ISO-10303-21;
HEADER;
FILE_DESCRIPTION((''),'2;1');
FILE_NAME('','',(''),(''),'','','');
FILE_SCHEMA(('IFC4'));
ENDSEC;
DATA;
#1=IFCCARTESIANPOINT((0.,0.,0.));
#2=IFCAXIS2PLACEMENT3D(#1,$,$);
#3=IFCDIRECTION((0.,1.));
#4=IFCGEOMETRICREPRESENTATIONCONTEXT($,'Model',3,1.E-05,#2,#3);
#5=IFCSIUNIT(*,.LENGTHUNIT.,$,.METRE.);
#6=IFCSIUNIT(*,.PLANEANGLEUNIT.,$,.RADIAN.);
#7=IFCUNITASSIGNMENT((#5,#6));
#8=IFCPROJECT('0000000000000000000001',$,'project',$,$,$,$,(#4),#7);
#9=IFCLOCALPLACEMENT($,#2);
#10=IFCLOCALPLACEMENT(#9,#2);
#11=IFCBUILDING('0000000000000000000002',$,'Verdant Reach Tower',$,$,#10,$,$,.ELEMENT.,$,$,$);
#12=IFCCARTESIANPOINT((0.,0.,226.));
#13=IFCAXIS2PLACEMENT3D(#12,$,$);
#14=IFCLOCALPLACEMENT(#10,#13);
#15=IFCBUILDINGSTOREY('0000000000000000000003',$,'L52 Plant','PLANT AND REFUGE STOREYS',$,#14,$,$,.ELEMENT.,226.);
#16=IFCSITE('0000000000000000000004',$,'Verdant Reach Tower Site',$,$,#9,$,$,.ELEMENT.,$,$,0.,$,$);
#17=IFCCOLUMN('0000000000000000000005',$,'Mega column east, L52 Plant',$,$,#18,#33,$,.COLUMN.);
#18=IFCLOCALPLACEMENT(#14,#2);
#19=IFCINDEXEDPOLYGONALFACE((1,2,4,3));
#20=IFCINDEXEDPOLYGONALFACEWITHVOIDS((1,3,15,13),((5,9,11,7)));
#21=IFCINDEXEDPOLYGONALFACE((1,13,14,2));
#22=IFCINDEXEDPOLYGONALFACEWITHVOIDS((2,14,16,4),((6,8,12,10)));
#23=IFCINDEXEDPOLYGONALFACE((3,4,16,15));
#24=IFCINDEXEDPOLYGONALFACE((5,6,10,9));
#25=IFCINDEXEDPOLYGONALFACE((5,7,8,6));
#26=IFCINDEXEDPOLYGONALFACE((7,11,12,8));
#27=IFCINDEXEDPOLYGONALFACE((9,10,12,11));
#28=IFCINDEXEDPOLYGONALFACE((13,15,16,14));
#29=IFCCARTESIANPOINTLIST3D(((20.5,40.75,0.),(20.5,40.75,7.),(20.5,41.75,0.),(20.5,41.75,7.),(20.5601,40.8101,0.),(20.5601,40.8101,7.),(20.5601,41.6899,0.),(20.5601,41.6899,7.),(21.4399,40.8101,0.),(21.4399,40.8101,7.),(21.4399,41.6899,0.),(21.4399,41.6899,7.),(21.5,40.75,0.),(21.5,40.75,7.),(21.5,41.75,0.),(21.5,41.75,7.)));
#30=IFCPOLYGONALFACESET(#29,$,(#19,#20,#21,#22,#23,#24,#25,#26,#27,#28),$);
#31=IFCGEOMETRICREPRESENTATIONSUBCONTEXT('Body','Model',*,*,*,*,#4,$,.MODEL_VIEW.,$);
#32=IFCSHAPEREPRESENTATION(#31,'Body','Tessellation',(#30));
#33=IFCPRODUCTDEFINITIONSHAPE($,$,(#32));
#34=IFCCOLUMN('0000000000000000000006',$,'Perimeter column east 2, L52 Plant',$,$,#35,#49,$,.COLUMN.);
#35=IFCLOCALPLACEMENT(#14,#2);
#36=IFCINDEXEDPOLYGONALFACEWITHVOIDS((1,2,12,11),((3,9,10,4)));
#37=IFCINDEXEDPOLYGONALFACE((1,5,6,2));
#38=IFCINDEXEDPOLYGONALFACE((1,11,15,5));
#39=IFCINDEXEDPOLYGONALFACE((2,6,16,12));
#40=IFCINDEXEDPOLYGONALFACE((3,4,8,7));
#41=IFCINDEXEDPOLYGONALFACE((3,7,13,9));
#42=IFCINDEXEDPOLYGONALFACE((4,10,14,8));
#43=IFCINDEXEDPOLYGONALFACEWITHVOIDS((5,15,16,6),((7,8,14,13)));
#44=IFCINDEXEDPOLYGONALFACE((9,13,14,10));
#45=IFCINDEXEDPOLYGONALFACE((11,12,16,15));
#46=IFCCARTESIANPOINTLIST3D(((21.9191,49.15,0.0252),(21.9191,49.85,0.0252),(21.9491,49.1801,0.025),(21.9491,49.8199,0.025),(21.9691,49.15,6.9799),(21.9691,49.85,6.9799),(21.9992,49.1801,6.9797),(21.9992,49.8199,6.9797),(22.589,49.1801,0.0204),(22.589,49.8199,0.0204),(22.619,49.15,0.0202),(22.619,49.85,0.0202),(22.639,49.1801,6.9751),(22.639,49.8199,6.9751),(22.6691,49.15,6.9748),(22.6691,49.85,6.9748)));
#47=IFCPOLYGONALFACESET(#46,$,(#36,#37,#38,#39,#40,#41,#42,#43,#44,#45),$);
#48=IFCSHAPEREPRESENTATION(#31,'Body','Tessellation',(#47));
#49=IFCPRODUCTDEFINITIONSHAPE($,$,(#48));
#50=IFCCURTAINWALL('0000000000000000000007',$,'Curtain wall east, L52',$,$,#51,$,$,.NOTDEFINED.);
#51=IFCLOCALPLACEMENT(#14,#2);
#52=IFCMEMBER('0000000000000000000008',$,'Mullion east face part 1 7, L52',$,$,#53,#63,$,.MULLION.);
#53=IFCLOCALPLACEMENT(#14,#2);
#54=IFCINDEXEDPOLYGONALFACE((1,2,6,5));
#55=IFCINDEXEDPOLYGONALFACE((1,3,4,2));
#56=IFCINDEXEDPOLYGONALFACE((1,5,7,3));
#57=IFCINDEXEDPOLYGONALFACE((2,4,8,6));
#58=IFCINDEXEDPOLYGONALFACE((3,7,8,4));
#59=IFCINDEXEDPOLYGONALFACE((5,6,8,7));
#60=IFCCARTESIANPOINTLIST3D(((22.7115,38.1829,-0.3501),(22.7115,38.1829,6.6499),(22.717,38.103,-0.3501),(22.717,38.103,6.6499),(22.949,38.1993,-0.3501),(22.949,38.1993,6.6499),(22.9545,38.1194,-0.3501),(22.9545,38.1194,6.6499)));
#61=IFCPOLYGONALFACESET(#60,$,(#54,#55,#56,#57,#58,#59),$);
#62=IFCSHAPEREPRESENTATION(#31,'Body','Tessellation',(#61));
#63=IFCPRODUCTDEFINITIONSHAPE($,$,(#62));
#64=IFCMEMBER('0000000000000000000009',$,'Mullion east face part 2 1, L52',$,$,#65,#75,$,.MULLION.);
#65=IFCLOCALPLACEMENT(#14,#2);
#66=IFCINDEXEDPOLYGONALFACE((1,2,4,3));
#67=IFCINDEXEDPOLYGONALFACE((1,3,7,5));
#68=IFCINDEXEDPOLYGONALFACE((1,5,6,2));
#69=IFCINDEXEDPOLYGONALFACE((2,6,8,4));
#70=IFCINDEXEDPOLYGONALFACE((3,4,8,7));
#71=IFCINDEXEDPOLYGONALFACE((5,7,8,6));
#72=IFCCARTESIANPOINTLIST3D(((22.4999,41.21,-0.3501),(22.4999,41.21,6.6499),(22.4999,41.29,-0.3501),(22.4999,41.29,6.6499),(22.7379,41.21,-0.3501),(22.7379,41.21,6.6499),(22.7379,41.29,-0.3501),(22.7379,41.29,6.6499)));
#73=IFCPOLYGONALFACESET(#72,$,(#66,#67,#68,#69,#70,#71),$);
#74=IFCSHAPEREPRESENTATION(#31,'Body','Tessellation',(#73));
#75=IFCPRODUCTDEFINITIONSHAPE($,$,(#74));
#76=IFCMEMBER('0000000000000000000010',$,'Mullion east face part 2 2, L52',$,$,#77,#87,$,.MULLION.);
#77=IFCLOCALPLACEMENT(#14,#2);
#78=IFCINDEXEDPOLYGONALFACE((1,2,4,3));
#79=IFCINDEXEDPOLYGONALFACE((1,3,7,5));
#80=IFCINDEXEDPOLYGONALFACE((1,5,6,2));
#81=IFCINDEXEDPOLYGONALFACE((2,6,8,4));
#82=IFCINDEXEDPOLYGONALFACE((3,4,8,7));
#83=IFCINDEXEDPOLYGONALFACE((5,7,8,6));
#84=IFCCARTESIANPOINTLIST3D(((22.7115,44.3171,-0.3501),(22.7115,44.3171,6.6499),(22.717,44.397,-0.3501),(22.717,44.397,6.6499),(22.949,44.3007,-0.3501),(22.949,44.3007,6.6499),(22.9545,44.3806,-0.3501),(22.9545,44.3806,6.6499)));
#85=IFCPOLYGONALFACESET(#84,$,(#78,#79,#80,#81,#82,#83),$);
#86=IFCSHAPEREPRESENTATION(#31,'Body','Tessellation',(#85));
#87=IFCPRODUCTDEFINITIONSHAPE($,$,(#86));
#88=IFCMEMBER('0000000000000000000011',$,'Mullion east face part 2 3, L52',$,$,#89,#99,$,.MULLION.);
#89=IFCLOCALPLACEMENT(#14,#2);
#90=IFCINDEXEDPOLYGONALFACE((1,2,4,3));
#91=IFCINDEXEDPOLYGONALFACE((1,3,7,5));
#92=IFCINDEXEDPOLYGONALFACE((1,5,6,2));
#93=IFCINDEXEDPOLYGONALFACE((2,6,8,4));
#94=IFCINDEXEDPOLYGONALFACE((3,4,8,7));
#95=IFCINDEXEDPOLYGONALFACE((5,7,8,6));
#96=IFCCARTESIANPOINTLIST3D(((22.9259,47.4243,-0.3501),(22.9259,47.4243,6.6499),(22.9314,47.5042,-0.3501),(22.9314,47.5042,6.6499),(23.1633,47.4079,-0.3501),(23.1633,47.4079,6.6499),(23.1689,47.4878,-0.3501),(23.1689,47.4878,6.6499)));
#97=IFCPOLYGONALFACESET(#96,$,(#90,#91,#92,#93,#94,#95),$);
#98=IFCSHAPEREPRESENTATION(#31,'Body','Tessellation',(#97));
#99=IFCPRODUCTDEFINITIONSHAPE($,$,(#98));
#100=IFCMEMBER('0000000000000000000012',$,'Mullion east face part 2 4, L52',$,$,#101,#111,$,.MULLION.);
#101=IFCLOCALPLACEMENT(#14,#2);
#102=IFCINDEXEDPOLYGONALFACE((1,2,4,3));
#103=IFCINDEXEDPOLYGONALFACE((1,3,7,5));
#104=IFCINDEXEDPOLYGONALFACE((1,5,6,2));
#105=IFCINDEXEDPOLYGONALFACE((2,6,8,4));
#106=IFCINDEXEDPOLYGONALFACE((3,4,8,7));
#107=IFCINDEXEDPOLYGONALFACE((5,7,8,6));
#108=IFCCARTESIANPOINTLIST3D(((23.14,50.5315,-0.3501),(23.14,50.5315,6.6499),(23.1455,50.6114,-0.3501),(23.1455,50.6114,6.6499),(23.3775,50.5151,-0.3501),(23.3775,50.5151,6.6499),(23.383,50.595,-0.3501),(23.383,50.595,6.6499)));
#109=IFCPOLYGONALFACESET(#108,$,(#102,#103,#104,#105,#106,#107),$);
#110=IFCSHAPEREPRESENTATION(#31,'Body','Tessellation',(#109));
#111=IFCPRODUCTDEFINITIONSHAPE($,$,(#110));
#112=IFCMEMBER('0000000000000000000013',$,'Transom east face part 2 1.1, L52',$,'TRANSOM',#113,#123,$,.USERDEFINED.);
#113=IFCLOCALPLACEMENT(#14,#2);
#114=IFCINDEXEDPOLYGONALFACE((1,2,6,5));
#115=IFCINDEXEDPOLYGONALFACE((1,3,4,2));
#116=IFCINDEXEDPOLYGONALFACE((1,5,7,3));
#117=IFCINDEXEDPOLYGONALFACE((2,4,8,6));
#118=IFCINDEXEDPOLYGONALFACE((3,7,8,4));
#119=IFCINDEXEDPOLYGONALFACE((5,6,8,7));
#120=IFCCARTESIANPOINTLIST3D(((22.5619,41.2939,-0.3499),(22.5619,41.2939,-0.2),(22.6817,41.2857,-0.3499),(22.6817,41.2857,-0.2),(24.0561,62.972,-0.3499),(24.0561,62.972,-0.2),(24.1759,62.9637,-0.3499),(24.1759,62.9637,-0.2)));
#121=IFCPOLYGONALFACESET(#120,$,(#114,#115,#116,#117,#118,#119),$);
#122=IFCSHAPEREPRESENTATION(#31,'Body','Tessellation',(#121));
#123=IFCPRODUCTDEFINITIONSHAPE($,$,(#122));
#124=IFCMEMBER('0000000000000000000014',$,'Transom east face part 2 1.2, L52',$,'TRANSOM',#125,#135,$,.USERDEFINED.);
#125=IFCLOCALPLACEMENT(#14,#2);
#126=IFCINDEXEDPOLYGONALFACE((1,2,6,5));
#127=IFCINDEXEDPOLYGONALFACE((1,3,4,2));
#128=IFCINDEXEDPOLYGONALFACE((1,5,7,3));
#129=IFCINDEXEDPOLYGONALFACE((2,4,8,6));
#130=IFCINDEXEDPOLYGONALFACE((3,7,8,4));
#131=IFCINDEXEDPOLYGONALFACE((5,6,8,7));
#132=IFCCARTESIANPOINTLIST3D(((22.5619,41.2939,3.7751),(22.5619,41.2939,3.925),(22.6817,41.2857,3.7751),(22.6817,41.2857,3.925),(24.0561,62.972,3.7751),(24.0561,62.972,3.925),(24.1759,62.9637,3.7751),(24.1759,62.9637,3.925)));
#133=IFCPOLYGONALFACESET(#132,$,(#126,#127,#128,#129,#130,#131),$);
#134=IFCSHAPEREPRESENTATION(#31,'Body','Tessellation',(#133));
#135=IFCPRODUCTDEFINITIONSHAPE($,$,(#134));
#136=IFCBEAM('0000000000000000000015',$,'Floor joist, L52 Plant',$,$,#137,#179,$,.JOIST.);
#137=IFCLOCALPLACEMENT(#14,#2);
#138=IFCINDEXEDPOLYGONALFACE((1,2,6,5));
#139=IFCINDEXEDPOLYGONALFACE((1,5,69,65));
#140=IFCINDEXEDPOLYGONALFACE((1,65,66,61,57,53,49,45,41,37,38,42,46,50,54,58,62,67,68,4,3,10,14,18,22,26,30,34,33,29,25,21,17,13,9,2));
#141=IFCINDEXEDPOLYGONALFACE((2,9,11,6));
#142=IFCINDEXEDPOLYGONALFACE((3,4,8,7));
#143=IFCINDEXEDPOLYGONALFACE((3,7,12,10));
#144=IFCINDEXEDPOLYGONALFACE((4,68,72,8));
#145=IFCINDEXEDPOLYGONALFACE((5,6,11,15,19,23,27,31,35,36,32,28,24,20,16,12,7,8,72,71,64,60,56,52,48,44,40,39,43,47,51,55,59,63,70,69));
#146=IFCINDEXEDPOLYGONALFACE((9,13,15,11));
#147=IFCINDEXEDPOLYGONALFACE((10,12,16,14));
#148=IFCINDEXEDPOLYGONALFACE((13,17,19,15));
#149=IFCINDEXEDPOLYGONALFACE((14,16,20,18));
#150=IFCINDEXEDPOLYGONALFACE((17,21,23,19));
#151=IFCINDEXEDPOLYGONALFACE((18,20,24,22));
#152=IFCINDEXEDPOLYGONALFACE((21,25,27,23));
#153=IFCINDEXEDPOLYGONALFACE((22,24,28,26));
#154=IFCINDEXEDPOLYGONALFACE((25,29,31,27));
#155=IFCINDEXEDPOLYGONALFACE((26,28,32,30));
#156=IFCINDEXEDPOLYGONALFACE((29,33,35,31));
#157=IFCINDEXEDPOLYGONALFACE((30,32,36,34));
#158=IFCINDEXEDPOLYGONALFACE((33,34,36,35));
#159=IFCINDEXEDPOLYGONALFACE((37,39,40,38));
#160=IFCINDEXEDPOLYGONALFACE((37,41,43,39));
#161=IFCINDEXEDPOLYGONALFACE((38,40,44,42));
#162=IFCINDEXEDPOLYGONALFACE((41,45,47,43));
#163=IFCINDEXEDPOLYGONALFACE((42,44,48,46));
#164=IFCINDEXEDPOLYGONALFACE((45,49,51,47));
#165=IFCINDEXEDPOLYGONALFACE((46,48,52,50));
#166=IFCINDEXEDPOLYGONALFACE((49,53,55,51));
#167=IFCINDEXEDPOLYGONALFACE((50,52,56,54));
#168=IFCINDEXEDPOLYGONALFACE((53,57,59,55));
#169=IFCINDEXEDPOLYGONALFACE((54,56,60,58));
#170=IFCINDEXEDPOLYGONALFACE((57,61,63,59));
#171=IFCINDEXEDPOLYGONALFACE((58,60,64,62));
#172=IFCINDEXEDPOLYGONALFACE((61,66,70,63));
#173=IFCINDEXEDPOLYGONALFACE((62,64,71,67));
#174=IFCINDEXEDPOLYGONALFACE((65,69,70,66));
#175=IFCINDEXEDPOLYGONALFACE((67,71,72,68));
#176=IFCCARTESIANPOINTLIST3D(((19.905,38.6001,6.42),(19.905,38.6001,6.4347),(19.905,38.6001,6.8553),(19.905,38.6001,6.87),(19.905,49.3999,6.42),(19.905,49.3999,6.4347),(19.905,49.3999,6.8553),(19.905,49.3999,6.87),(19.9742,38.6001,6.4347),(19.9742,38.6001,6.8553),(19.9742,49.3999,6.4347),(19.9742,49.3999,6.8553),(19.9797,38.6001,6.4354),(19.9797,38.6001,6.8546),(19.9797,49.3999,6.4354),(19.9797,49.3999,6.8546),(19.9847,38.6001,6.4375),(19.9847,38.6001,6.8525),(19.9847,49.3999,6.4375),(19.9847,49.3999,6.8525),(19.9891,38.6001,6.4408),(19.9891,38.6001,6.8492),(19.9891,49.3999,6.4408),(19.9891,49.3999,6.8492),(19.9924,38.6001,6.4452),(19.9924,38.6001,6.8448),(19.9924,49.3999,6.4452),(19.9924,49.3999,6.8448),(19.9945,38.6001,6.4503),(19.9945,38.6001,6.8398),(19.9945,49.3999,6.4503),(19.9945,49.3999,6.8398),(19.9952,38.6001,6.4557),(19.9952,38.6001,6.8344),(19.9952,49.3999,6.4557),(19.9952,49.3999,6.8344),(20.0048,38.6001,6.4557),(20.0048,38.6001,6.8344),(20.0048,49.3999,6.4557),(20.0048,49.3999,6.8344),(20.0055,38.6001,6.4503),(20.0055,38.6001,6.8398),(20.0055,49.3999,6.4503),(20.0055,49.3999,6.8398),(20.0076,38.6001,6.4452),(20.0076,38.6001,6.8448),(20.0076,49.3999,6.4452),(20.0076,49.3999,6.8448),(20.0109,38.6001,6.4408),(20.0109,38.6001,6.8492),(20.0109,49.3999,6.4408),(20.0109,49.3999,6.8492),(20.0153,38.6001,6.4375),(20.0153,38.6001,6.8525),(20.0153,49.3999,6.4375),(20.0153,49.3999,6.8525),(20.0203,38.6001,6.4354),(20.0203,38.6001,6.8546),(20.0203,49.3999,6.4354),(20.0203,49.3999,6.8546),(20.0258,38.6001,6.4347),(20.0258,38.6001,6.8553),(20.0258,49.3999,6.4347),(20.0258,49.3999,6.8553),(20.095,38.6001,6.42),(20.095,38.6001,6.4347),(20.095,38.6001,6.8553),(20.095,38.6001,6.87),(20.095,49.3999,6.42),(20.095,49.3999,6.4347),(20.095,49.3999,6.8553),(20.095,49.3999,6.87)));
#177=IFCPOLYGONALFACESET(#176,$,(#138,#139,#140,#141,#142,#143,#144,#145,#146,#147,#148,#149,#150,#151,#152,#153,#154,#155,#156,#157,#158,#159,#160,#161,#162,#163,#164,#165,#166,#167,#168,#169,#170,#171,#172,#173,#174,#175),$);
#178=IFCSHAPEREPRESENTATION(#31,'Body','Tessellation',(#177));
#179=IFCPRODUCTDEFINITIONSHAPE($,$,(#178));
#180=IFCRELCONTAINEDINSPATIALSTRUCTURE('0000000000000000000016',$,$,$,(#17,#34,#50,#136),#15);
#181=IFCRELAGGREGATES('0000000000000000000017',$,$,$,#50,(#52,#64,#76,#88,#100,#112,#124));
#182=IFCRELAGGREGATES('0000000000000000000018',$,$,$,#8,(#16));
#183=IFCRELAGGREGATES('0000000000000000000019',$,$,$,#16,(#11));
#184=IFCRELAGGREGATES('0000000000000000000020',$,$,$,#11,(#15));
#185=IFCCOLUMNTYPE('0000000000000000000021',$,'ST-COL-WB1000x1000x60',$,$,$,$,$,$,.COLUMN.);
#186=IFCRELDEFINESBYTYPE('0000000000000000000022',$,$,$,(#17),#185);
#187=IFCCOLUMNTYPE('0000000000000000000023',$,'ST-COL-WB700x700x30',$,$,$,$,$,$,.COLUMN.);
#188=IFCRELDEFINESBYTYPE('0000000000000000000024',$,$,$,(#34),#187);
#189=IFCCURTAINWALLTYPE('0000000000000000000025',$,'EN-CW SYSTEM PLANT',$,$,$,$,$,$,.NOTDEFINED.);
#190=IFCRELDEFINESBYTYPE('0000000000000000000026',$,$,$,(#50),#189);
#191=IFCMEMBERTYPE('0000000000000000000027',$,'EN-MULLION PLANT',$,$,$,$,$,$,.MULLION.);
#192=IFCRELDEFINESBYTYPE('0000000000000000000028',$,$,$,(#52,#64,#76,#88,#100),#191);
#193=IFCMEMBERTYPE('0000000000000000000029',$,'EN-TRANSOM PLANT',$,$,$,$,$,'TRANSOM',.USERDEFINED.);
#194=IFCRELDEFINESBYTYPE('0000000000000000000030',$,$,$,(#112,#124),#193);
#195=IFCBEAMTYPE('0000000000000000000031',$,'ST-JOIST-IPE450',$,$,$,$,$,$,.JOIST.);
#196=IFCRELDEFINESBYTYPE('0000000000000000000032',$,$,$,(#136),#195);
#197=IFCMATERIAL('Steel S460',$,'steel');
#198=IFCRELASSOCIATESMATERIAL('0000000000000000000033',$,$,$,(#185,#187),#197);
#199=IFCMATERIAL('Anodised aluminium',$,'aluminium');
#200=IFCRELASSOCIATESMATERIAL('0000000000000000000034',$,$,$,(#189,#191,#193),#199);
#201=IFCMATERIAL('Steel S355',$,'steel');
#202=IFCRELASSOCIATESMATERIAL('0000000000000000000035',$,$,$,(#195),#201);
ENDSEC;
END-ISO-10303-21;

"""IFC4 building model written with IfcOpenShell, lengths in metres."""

from ifc_helpers import new_model, si_unit, direction, frame, origin, origin_2d, place, context, subcontext, project, spatial, rectangle, hollow_rectangle, i_section, extrude, material, material_profile, profile_set, type_object, element, aggregate, save


model = new_model("IFC4")

# Units and contexts
model_context = context("Model", 3, precision=1e-05, world=origin(), true_north=direction((0.0, 1.0)))
body_context = subcontext(model_context, "Body", "Model", "MODEL_VIEW")
ifc_project = project(units=[si_unit("LENGTHUNIT", "METRE"), si_unit("PLANEANGLEUNIT", "RADIAN")], contexts=[model_context])

# Site, building, storey
site_placement = place(None, origin())
site = spatial("IfcSite", under=ifc_project, at=site_placement, Name="Verdant Reach Tower Site", CompositionType="ELEMENT", RefElevation=0.0)
building_placement = place(site_placement, origin())
building = spatial("IfcBuilding", under=site, at=building_placement, Name="Verdant Reach Tower", CompositionType="ELEMENT")
storey_placement = place(building_placement, frame((0.0, 0.0, 226.0)))
storey = spatial("IfcBuildingStorey", under=building, at=storey_placement, Name="L52 Plant", Description="PLANT AND REFUGE STOREYS", CompositionType="ELEMENT", Elevation=226.0)

# Columns
ifc_material_1 = material(Name="Steel S460", Category="steel")
ifc_material_profile_1 = material_profile(ifc_material_1, hollow_rectangle(XDim=1.0, YDim=1.0, WallThickness=0.0601, at=origin_2d()), Name="WB 1000x1000x60")
ifc_profile_set_1 = profile_set([ifc_material_profile_1], Name="Steel S460")
column_type_1 = type_object("IfcColumnType", Name="ST-COL-WB1000x1000x60", PredefinedType="COLUMN", material=ifc_profile_set_1)
column_1_placement = place(storey_placement, frame((21.0, 41.25, 0.0), z_axis=(0.0, 0.0, 1.0), x_axis=(1.0, 0.0, 0.0)))
element("IfcColumn", 1, at=column_1_placement, inside=storey, type_object=column_type_1, Name="Mega column east, L52 Plant", PredefinedType="COLUMN", context=body_context, shape_type="SweptSolid", body=[
    extrude(hollow_rectangle(XDim=1.0, YDim=1.0, WallThickness=0.0601, at=origin_2d()), origin(), (0.0, 0.0, 1.0), 7.0),
])
ifc_material_profile_2 = material_profile(ifc_material_1, hollow_rectangle(XDim=0.7, YDim=0.7, WallThickness=0.03, at=origin_2d()), Name="WB 700x700x30")
ifc_profile_set_2 = profile_set([ifc_material_profile_2], Name="Steel S460")
column_type_2 = type_object("IfcColumnType", Name="ST-COL-WB700x700x30", PredefinedType="COLUMN", material=ifc_profile_set_2)
column_2_placement = place(storey_placement, frame((22.269, 49.5, 0.0227), z_axis=(0.007196, 0.0, 0.999974), x_axis=(0.0, 1.0, 0.0)))
element("IfcColumn", 2, at=column_2_placement, inside=storey, type_object=column_type_2, Name="Perimeter column east 2, L52 Plant", PredefinedType="COLUMN", context=body_context, shape_type="SweptSolid", body=[
    extrude(hollow_rectangle(XDim=0.7, YDim=0.7, WallThickness=0.03, at=origin_2d()), origin(), (0.0, 0.0, 1.0), 6.9548),
])

# Curtain wall, members
ifc_material_2 = material(Name="Anodised aluminium", Category="aluminium")
curtain_wall_type = type_object("IfcCurtainWallType", Name="EN-CW SYSTEM PLANT", PredefinedType="NOTDEFINED", material=ifc_material_2)
curtain_wall_placement = place(storey_placement, origin())
curtain_wall = element("IfcCurtainWall", 3, at=curtain_wall_placement, inside=storey, type_object=curtain_wall_type, Name="Curtain wall east, L52", PredefinedType="NOTDEFINED")
ifc_material_profile_3 = material_profile(ifc_material_2, rectangle(XDim=0.238, YDim=0.0801, at=origin_2d()), Name="Mullion 80x240")
ifc_profile_set_3 = profile_set([ifc_material_profile_3], Name="Anodised aluminium")
member_type_1 = type_object("IfcMemberType", Name="EN-MULLION PLANT", PredefinedType="MULLION", material=ifc_profile_set_3)
member_1_placement = place(storey_placement, frame((22.833, 38.1511, -0.3501), z_axis=(0.0, 0.0, 1.0), x_axis=(0.99763, 0.068802, 0.0)))
member_1 = element("IfcMember", 4, at=member_1_placement, type_object=member_type_1, Name="Mullion east face part 1 7, L52", PredefinedType="MULLION", context=body_context, shape_type="SweptSolid", body=[
    extrude(rectangle(XDim=0.238, YDim=0.0801, at=origin_2d()), origin(), (0.0, 0.0, 1.0), 7.0),
])
member_2_placement = place(storey_placement, frame((22.6189, 41.25, -0.3501), z_axis=(0.0, 0.0, 1.0), x_axis=(1.0, 0.0, 0.0)))
member_2 = element("IfcMember", 5, at=member_2_placement, type_object=member_type_1, Name="Mullion east face part 2 1, L52", PredefinedType="MULLION", context=body_context, shape_type="SweptSolid", body=[
    extrude(rectangle(XDim=0.238, YDim=0.0801, at=origin_2d()), origin(), (0.0, 0.0, 1.0), 7.0),
])
member_3_placement = place(storey_placement, frame((22.833, 44.3489, -0.3501), z_axis=(0.0, 0.0, 1.0), x_axis=(0.99763, -0.068802, 0.0)))
member_3 = element("IfcMember", 6, at=member_3_placement, type_object=member_type_1, Name="Mullion east face part 2 2, L52", PredefinedType="MULLION", context=body_context, shape_type="SweptSolid", body=[
    extrude(rectangle(XDim=0.238, YDim=0.0801, at=origin_2d()), origin(), (0.0, 0.0, 1.0), 7.0),
])
member_4_placement = place(storey_placement, frame((23.0474, 47.4561, -0.3501), z_axis=(0.0, 0.0, 1.0), x_axis=(0.99763, -0.068802, 0.0)))
member_4 = element("IfcMember", 7, at=member_4_placement, type_object=member_type_1, Name="Mullion east face part 2 3, L52", PredefinedType="MULLION", context=body_context, shape_type="SweptSolid", body=[
    extrude(rectangle(XDim=0.238, YDim=0.0801, at=origin_2d()), origin(), (0.0, 0.0, 1.0), 7.0),
])
member_5_placement = place(storey_placement, frame((23.2615, 50.5632, -0.3501), z_axis=(0.0, 0.0, 1.0), x_axis=(0.99763, -0.068802, 0.0)))
member_5 = element("IfcMember", 8, at=member_5_placement, type_object=member_type_1, Name="Mullion east face part 2 4, L52", PredefinedType="MULLION", context=body_context, shape_type="SweptSolid", body=[
    extrude(rectangle(XDim=0.238, YDim=0.0801, at=origin_2d()), origin(), (0.0, 0.0, 1.0), 7.0),
])
ifc_material_profile_4 = material_profile(ifc_material_2, rectangle(XDim=0.1201, YDim=0.1499, at=origin_2d()), Name="Transom 150x120")
ifc_profile_set_4 = profile_set([ifc_material_profile_4], Name="Anodised aluminium")
member_type_2 = type_object("IfcMemberType", Name="EN-TRANSOM PLANT", ElementType="TRANSOM", PredefinedType="USERDEFINED", material=ifc_profile_set_4)
member_6_placement = place(storey_placement, frame((22.6218, 41.2898, -0.2749), z_axis=(0.068761, 0.997633, 0.0), x_axis=(-0.997633, 0.068761, 0.0)))
member_6 = element("IfcMember", 9, at=member_6_placement, type_object=member_type_2, Name="Transom east face part 2 1.1, L52", ObjectType="TRANSOM", PredefinedType="USERDEFINED", context=body_context, shape_type="SweptSolid", body=[
    extrude(rectangle(XDim=0.1201, YDim=0.1499, at=origin_2d()), origin(), (0.0, 0.0, 1.0), 21.7295),
])
member_7_placement = place(storey_placement, frame((22.6218, 41.2898, 3.8501), z_axis=(0.068761, 0.997633, 0.0), x_axis=(-0.997633, 0.068761, 0.0)))
member_7 = element("IfcMember", 10, at=member_7_placement, type_object=member_type_2, Name="Transom east face part 2 1.2, L52", ObjectType="TRANSOM", PredefinedType="USERDEFINED", context=body_context, shape_type="SweptSolid", body=[
    extrude(rectangle(XDim=0.1201, YDim=0.1499, at=origin_2d()), origin(), (0.0, 0.0, 1.0), 21.7295),
])

# Beam
ifc_material_3 = material(Name="Steel S355", Category="steel")
ifc_material_profile_5 = material_profile(ifc_material_3, i_section(OverallWidth=0.1899, OverallDepth=0.45, WebThickness=0.0095, FlangeThickness=0.0146, FilletRadius=0.021, at=origin_2d()), Name="IPE 450")
ifc_profile_set_5 = profile_set([ifc_material_profile_5], Name="Steel S355")
beam_type_1 = type_object("IfcBeamType", Name="ST-JOIST-IPE450", PredefinedType="JOIST", material=ifc_profile_set_5)
beam_1_placement = place(storey_placement, frame((20.0, 38.6001, 6.645), z_axis=(0.0, 1.0, 0.0), x_axis=(-1.0, 0.0, 0.0)))
element("IfcBeam", 11, at=beam_1_placement, inside=storey, type_object=beam_type_1, Name="Floor joist, L52 Plant", PredefinedType="JOIST", context=body_context, shape_type="SweptSolid", body=[
    extrude(i_section(OverallWidth=0.1899, OverallDepth=0.45, WebThickness=0.0095, FlangeThickness=0.0146, FilletRadius=0.021, at=origin_2d()), origin(), (0.0, 0.0, 1.0), 10.7998),
])

aggregate(curtain_wall, [member_1, member_2, member_3, member_4, member_5, member_6, member_7])

save(model, "model.ifc")
